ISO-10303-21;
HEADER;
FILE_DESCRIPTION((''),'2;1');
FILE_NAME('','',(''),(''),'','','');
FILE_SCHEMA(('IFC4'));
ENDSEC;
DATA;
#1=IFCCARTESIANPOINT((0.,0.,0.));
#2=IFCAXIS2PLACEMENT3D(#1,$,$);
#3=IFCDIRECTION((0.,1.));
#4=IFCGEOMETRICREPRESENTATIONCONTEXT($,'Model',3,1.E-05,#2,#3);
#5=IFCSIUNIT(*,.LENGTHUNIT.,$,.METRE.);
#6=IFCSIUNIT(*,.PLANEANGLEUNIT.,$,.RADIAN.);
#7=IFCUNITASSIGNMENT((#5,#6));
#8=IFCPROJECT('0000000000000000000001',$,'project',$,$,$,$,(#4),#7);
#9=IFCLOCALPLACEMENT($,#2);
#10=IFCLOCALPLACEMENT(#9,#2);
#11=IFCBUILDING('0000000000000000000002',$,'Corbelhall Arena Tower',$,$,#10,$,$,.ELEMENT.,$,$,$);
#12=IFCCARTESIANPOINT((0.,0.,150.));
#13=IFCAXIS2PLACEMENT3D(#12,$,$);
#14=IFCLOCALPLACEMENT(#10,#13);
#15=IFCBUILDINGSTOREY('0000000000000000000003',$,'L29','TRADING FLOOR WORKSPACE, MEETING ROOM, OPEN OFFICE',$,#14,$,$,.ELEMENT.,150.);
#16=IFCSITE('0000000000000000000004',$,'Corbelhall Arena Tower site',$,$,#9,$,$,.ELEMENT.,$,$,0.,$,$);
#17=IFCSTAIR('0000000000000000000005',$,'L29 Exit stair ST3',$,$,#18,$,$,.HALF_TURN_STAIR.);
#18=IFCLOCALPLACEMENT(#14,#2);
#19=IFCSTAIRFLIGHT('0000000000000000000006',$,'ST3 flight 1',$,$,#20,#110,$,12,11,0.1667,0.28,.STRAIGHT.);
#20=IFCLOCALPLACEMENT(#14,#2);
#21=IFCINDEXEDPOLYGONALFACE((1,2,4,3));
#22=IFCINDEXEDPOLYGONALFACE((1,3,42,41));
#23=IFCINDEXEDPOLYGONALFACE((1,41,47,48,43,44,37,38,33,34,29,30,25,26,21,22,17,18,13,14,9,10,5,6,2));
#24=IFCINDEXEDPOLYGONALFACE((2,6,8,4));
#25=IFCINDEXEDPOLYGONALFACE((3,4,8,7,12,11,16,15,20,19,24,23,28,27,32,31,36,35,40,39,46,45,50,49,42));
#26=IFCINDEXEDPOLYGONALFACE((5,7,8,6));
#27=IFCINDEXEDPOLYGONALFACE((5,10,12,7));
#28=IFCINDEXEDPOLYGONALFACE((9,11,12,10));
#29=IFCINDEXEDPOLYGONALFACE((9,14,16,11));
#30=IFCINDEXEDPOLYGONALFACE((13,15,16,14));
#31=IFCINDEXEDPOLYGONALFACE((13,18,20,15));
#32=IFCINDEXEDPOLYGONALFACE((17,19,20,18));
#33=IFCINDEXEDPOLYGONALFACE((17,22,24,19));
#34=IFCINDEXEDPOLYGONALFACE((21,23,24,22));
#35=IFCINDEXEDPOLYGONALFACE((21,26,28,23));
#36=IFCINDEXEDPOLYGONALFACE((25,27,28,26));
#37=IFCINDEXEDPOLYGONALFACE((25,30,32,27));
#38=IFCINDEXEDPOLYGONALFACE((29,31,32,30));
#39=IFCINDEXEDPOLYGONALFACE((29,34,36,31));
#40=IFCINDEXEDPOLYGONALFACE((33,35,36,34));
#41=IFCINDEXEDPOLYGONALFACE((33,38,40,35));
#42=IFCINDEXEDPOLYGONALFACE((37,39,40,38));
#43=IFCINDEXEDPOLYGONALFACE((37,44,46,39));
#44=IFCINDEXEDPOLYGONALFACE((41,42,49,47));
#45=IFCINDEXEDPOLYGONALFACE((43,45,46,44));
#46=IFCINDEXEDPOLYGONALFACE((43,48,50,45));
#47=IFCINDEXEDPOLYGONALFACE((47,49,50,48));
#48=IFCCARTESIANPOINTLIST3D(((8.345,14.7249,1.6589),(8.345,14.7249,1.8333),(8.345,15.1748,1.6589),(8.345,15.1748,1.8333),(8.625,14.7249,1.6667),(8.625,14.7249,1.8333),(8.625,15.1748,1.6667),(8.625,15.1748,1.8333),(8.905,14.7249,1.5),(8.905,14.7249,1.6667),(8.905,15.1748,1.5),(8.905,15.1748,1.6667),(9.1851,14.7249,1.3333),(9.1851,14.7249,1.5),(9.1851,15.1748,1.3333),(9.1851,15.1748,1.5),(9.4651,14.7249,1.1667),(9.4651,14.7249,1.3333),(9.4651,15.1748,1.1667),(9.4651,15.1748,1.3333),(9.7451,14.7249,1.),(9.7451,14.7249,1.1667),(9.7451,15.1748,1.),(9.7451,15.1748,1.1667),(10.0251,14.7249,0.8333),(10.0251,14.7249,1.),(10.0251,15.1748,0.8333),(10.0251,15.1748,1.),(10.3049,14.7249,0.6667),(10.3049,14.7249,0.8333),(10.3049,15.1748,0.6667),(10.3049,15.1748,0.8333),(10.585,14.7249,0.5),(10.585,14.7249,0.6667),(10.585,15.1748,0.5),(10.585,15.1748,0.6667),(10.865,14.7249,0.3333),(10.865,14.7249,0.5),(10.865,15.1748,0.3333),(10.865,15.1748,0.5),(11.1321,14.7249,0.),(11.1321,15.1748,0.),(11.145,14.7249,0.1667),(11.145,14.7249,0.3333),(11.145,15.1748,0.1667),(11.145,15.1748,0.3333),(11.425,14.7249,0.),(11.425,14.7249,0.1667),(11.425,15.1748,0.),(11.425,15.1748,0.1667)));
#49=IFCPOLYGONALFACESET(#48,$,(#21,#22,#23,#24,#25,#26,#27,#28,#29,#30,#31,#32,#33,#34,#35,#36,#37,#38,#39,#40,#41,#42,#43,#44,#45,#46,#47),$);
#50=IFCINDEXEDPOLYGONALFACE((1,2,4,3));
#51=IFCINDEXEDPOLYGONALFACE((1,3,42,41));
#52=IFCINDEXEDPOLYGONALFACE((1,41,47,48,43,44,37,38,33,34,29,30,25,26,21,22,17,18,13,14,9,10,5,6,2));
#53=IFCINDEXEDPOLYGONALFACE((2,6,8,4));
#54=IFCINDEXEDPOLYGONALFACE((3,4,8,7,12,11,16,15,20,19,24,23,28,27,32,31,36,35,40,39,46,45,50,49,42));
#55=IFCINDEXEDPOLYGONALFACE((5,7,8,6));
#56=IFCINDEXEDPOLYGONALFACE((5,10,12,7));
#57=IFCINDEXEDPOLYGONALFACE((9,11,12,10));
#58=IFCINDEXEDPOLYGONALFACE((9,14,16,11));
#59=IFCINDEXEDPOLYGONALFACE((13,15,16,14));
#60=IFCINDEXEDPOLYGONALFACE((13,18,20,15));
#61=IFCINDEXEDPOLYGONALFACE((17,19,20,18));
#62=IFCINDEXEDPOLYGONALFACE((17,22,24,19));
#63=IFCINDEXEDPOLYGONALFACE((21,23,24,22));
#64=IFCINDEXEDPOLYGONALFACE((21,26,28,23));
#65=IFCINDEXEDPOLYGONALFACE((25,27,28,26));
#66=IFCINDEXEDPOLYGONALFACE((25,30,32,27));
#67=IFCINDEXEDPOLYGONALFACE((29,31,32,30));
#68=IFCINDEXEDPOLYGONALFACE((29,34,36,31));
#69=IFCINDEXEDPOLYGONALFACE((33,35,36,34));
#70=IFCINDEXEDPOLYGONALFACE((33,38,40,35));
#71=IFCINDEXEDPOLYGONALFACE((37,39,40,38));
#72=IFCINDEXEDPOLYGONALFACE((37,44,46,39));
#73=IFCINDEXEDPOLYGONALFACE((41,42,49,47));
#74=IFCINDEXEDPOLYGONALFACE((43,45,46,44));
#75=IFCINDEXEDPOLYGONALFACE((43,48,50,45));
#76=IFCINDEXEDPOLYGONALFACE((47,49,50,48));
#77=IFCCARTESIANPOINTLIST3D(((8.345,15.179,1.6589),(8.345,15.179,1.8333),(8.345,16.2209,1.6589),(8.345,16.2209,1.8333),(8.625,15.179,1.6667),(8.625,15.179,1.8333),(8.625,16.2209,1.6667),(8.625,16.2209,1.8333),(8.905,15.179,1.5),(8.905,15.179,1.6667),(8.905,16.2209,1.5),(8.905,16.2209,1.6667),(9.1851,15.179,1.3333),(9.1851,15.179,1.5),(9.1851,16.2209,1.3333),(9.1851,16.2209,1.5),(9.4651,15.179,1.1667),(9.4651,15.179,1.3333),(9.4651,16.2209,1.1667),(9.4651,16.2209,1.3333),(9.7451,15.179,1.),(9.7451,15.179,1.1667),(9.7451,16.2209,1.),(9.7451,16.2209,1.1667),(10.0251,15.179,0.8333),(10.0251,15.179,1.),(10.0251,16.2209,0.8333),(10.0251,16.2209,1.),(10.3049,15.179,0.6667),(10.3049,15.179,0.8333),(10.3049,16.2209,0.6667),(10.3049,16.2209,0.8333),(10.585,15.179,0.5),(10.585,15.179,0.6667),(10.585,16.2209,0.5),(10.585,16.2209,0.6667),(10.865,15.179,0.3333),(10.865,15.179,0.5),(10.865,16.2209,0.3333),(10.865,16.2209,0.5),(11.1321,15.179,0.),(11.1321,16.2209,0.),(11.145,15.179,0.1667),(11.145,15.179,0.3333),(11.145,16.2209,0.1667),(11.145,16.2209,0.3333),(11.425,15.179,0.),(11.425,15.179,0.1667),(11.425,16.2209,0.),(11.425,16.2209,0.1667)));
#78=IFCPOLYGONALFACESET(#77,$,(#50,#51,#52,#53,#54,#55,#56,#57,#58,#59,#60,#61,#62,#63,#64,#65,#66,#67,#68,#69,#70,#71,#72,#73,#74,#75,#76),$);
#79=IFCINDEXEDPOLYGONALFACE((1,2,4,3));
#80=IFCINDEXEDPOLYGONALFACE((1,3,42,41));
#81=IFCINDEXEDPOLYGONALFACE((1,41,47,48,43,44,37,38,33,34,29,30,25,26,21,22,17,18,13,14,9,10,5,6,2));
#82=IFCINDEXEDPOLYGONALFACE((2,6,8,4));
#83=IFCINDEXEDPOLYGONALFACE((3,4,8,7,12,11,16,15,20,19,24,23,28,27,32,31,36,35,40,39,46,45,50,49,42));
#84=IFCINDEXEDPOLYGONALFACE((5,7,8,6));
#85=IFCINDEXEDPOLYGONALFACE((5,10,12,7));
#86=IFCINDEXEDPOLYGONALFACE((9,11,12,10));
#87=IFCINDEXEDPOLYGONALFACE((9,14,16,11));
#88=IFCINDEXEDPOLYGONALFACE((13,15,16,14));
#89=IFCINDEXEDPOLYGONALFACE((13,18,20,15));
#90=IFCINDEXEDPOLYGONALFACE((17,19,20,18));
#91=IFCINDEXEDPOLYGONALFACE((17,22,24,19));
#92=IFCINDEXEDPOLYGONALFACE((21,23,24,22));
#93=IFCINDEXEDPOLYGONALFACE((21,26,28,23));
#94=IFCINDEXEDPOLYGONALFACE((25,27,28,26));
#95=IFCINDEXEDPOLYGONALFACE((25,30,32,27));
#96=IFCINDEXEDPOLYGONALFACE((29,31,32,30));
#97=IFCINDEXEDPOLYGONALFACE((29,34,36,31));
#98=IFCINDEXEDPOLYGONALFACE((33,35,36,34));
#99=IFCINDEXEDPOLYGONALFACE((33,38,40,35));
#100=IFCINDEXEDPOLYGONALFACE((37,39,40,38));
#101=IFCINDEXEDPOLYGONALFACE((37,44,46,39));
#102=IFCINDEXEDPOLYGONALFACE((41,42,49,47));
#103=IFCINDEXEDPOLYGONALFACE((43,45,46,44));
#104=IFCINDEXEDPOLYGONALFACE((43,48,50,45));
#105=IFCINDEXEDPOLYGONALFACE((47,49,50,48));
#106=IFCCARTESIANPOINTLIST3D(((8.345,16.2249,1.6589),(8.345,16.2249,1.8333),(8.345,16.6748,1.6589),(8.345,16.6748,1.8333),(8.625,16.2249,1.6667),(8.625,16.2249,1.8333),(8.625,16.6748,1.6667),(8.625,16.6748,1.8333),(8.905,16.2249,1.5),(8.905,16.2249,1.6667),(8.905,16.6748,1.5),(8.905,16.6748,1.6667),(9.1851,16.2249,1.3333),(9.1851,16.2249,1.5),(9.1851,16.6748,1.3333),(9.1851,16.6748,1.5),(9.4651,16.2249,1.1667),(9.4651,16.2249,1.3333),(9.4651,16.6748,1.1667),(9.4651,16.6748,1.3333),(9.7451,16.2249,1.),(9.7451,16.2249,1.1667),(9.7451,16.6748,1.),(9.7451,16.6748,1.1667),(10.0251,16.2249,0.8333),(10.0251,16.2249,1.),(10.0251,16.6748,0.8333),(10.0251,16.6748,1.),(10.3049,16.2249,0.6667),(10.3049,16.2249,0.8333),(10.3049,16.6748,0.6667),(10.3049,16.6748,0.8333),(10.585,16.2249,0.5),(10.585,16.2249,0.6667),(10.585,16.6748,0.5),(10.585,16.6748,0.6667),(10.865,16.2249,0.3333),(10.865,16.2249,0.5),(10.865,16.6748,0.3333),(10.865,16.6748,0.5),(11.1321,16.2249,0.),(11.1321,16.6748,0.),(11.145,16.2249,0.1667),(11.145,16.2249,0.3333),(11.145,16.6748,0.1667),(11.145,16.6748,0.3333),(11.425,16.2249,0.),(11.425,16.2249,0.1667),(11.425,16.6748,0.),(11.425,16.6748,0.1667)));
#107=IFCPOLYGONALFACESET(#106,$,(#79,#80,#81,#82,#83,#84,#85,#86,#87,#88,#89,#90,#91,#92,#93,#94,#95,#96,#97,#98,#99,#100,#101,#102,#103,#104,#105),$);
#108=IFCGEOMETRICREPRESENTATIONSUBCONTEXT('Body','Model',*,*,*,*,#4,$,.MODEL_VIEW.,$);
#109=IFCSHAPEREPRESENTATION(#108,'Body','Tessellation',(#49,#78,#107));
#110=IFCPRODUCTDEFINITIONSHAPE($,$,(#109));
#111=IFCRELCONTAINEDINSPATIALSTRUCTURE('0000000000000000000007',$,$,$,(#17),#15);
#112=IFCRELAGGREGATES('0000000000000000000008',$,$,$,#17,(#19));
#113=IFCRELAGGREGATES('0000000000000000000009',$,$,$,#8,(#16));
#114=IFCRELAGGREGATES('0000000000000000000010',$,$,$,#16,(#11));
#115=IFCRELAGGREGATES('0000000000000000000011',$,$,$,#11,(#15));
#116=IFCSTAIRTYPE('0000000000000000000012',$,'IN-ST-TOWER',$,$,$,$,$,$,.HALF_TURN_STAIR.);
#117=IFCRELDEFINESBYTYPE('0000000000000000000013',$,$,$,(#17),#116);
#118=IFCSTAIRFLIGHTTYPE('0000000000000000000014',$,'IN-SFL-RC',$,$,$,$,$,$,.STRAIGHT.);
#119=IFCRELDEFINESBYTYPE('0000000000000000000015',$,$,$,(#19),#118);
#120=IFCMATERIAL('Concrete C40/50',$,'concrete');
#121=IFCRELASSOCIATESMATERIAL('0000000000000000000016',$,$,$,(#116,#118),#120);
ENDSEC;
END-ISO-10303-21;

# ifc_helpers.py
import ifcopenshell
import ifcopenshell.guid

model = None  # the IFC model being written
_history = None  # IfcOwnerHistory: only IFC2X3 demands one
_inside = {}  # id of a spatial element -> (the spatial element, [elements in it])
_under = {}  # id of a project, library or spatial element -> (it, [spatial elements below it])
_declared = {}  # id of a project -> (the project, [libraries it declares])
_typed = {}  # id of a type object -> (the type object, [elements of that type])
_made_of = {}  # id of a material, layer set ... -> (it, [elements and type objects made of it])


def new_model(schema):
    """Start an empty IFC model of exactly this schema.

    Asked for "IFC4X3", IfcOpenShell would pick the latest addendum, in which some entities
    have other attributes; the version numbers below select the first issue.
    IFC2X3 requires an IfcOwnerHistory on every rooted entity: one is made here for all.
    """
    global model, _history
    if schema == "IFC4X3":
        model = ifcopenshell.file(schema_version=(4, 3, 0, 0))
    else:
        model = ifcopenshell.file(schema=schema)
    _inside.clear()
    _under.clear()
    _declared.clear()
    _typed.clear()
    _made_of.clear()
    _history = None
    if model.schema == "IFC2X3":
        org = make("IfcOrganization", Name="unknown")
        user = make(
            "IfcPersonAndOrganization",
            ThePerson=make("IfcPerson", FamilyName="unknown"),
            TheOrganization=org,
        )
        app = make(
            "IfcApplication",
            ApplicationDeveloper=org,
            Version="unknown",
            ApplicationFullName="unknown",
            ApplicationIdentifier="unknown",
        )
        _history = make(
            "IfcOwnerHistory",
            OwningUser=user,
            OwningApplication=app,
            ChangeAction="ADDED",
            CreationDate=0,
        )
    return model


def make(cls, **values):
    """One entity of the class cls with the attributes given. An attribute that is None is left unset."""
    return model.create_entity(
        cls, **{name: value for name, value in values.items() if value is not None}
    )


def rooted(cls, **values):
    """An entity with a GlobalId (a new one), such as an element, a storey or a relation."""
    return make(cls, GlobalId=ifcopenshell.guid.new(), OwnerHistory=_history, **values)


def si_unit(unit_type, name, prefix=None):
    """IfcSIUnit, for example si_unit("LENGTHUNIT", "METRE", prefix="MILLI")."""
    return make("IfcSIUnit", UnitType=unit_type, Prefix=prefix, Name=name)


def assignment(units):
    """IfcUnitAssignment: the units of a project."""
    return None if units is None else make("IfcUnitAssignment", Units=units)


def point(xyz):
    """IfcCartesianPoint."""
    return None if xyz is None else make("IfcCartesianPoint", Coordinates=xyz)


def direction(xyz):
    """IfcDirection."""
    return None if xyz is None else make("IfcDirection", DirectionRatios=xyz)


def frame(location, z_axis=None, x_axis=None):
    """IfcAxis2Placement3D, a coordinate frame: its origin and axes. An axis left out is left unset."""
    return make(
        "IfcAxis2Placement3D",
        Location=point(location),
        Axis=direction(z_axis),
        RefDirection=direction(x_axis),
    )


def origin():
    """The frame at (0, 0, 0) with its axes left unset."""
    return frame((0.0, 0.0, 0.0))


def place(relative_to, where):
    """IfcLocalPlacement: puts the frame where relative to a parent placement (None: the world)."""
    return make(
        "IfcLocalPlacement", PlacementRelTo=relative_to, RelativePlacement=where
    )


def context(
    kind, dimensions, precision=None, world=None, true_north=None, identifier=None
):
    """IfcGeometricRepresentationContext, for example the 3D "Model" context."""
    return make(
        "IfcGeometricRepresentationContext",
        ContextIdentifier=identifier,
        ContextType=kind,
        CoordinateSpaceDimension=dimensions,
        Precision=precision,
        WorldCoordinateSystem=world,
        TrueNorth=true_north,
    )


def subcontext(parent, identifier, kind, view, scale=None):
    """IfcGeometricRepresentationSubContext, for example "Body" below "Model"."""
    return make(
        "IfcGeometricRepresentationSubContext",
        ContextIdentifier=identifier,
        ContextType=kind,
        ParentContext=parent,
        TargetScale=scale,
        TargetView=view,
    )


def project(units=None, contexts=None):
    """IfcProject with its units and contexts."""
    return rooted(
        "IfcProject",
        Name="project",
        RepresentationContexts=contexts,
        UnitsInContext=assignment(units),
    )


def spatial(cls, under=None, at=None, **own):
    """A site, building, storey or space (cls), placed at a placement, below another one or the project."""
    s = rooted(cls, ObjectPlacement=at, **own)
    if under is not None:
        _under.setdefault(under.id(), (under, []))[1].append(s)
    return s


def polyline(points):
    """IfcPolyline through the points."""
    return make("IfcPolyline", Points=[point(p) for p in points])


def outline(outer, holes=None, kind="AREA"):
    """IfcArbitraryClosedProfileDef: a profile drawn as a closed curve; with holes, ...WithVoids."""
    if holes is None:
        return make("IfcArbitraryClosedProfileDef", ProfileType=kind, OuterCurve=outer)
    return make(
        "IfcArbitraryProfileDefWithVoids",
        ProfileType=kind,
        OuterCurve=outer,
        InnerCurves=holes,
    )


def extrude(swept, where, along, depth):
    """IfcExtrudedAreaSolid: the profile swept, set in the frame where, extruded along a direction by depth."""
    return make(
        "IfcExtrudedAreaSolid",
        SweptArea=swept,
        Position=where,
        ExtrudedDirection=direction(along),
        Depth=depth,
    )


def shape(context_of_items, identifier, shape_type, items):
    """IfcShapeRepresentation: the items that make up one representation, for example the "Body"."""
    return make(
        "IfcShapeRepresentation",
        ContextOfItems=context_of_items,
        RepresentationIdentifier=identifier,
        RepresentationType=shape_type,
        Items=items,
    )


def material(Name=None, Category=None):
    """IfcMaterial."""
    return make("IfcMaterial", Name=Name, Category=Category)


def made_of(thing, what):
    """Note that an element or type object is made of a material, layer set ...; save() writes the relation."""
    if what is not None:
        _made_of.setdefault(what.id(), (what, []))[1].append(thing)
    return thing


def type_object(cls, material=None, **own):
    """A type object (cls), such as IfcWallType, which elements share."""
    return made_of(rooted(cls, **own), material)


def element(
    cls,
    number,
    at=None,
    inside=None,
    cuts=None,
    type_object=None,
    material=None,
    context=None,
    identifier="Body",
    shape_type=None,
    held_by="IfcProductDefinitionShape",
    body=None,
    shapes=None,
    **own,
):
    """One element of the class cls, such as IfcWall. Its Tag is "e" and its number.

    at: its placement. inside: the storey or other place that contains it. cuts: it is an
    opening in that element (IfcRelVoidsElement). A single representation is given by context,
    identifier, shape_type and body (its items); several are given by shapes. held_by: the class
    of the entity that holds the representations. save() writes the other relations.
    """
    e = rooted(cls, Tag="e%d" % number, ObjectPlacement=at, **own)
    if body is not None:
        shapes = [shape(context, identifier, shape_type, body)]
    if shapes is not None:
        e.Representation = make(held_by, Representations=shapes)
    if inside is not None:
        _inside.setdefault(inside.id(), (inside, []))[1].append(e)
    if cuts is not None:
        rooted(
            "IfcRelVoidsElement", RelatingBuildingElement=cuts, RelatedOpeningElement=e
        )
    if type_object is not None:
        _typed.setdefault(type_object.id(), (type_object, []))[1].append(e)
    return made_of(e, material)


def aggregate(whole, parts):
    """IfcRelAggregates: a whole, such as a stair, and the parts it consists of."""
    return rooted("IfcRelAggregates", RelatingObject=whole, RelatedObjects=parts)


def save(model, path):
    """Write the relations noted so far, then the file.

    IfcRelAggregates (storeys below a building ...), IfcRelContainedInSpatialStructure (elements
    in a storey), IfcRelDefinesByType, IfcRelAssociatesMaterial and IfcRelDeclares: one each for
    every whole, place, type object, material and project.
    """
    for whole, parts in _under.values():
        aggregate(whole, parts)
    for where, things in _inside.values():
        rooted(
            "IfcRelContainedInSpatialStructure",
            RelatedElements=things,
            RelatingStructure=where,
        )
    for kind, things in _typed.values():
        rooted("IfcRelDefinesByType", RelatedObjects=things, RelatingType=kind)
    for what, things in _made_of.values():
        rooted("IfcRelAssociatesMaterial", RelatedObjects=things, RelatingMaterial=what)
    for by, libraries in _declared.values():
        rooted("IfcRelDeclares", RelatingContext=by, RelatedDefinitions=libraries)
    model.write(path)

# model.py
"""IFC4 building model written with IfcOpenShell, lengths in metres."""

from ifc_helpers import new_model, si_unit, direction, frame, origin, place, context, subcontext, project, spatial, polyline, outline, extrude, material, type_object, element, aggregate, save


model = new_model("IFC4")

# Units and contexts
model_context = context("Model", 3, precision=1e-05, world=origin(), true_north=direction((0.0, 1.0)))
body_context = subcontext(model_context, "Body", "Model", "MODEL_VIEW")
ifc_project = project(units=[si_unit("LENGTHUNIT", "METRE"), si_unit("PLANEANGLEUNIT", "RADIAN")], contexts=[model_context])

# Site, building, storey
site_placement = place(None, origin())
site = spatial("IfcSite", under=ifc_project, at=site_placement, Name="Corbelhall Arena Tower site", CompositionType="ELEMENT", RefElevation=0.0)
building_placement = place(site_placement, origin())
building = spatial("IfcBuilding", under=site, at=building_placement, Name="Corbelhall Arena Tower", CompositionType="ELEMENT")
storey_placement = place(building_placement, frame((0.0, 0.0, 150.0)))
storey = spatial("IfcBuildingStorey", under=building, at=storey_placement, Name="L29", Description="TRADING FLOOR WORKSPACE, MEETING ROOM, OPEN OFFICE", CompositionType="ELEMENT", Elevation=150.0)

# Shared definitions
ifc_material_1 = material(Name="Concrete C40/50", Category="concrete")

# Stair, stair flight
stair_type = type_object("IfcStairType", Name="IN-ST-TOWER", PredefinedType="HALF_TURN_STAIR", material=ifc_material_1)
stair_placement = place(storey_placement, origin())
stair = element("IfcStair", 1, at=stair_placement, inside=storey, type_object=stair_type, Name="L29 Exit stair ST3", PredefinedType="HALF_TURN_STAIR")
stair_flight_type = type_object("IfcStairFlightType", Name="IN-SFL-RC", PredefinedType="STRAIGHT", material=ifc_material_1)
stair_flight_1_placement = place(storey_placement, frame((11.425, 15.7, 0.0), z_axis=(0.0, 0.0, 1.0), x_axis=(-1.0, 0.0, 0.0)))
stair_flight_1 = element("IfcStairFlight", 2, at=stair_flight_1_placement, type_object=stair_flight_type, Name="ST3 flight 1", NumberOfRisers=12, NumberOfTreads=11, PredefinedType="STRAIGHT", RiserHeight=0.1667, TreadLength=0.28, context=body_context, shape_type="SweptSolid", body=[
    extrude(outline(polyline([(0.0, 0.0), (0.0, 0.1667), (0.28, 0.1667), (0.28, 0.3333), (0.5601, 0.3333), (0.5601, 0.5), (0.8401, 0.5), (0.8401, 0.6667), (1.1201, 0.6667), (1.1201, 0.8333), (1.3999, 0.8333), (1.3999, 1.0), (1.6799, 1.0), (1.6799, 1.1667), (1.96, 1.1667), (1.96, 1.3333), (2.24, 1.3333), (2.24, 1.5), (2.52, 1.5), (2.52, 1.6667), (2.8, 1.6667), (2.8, 1.8333), (3.0801, 1.8333), (3.0801, 2.0), (3.0801, 1.6589), (0.293, 0.0), (0.0, 0.0)])), frame((0.0, 0.9751, 0.0), z_axis=(0.0, -1.0, 0.0), x_axis=(1.0, 0.0, 0.0)), (0.0, 0.0, 1.0), 0.45),
    extrude(outline(polyline([(0.0, 0.0), (0.0, 0.1667), (0.28, 0.1667), (0.28, 0.3333), (0.5601, 0.3333), (0.5601, 0.5), (0.8401, 0.5), (0.8401, 0.6667), (1.1201, 0.6667), (1.1201, 0.8333), (1.3999, 0.8333), (1.3999, 1.0), (1.6799, 1.0), (1.6799, 1.1667), (1.96, 1.1667), (1.96, 1.3333), (2.24, 1.3333), (2.24, 1.5), (2.52, 1.5), (2.52, 1.6667), (2.8, 1.6667), (2.8, 1.8333), (3.0801, 1.8333), (3.0801, 2.0), (3.0801, 1.6589), (0.293, 0.0), (0.0, 0.0)])), frame((0.0, 0.521, 0.0), z_axis=(0.0, -1.0, 0.0), x_axis=(1.0, 0.0, 0.0)), (0.0, 0.0, 1.0), 1.042),
    extrude(outline(polyline([(0.0, 0.0), (0.0, 0.1667), (0.28, 0.1667), (0.28, 0.3333), (0.5601, 0.3333), (0.5601, 0.5), (0.8401, 0.5), (0.8401, 0.6667), (1.1201, 0.6667), (1.1201, 0.8333), (1.3999, 0.8333), (1.3999, 1.0), (1.6799, 1.0), (1.6799, 1.1667), (1.96, 1.1667), (1.96, 1.3333), (2.24, 1.3333), (2.24, 1.5), (2.52, 1.5), (2.52, 1.6667), (2.8, 1.6667), (2.8, 1.8333), (3.0801, 1.8333), (3.0801, 2.0), (3.0801, 1.6589), (0.293, 0.0), (0.0, 0.0)])), frame((0.0, -0.5249, 0.0), z_axis=(0.0, -1.0, 0.0), x_axis=(1.0, 0.0, 0.0)), (0.0, 0.0, 1.0), 0.45),
])
aggregate(stair, [stair_flight_1])

save(model, "model.ifc")
